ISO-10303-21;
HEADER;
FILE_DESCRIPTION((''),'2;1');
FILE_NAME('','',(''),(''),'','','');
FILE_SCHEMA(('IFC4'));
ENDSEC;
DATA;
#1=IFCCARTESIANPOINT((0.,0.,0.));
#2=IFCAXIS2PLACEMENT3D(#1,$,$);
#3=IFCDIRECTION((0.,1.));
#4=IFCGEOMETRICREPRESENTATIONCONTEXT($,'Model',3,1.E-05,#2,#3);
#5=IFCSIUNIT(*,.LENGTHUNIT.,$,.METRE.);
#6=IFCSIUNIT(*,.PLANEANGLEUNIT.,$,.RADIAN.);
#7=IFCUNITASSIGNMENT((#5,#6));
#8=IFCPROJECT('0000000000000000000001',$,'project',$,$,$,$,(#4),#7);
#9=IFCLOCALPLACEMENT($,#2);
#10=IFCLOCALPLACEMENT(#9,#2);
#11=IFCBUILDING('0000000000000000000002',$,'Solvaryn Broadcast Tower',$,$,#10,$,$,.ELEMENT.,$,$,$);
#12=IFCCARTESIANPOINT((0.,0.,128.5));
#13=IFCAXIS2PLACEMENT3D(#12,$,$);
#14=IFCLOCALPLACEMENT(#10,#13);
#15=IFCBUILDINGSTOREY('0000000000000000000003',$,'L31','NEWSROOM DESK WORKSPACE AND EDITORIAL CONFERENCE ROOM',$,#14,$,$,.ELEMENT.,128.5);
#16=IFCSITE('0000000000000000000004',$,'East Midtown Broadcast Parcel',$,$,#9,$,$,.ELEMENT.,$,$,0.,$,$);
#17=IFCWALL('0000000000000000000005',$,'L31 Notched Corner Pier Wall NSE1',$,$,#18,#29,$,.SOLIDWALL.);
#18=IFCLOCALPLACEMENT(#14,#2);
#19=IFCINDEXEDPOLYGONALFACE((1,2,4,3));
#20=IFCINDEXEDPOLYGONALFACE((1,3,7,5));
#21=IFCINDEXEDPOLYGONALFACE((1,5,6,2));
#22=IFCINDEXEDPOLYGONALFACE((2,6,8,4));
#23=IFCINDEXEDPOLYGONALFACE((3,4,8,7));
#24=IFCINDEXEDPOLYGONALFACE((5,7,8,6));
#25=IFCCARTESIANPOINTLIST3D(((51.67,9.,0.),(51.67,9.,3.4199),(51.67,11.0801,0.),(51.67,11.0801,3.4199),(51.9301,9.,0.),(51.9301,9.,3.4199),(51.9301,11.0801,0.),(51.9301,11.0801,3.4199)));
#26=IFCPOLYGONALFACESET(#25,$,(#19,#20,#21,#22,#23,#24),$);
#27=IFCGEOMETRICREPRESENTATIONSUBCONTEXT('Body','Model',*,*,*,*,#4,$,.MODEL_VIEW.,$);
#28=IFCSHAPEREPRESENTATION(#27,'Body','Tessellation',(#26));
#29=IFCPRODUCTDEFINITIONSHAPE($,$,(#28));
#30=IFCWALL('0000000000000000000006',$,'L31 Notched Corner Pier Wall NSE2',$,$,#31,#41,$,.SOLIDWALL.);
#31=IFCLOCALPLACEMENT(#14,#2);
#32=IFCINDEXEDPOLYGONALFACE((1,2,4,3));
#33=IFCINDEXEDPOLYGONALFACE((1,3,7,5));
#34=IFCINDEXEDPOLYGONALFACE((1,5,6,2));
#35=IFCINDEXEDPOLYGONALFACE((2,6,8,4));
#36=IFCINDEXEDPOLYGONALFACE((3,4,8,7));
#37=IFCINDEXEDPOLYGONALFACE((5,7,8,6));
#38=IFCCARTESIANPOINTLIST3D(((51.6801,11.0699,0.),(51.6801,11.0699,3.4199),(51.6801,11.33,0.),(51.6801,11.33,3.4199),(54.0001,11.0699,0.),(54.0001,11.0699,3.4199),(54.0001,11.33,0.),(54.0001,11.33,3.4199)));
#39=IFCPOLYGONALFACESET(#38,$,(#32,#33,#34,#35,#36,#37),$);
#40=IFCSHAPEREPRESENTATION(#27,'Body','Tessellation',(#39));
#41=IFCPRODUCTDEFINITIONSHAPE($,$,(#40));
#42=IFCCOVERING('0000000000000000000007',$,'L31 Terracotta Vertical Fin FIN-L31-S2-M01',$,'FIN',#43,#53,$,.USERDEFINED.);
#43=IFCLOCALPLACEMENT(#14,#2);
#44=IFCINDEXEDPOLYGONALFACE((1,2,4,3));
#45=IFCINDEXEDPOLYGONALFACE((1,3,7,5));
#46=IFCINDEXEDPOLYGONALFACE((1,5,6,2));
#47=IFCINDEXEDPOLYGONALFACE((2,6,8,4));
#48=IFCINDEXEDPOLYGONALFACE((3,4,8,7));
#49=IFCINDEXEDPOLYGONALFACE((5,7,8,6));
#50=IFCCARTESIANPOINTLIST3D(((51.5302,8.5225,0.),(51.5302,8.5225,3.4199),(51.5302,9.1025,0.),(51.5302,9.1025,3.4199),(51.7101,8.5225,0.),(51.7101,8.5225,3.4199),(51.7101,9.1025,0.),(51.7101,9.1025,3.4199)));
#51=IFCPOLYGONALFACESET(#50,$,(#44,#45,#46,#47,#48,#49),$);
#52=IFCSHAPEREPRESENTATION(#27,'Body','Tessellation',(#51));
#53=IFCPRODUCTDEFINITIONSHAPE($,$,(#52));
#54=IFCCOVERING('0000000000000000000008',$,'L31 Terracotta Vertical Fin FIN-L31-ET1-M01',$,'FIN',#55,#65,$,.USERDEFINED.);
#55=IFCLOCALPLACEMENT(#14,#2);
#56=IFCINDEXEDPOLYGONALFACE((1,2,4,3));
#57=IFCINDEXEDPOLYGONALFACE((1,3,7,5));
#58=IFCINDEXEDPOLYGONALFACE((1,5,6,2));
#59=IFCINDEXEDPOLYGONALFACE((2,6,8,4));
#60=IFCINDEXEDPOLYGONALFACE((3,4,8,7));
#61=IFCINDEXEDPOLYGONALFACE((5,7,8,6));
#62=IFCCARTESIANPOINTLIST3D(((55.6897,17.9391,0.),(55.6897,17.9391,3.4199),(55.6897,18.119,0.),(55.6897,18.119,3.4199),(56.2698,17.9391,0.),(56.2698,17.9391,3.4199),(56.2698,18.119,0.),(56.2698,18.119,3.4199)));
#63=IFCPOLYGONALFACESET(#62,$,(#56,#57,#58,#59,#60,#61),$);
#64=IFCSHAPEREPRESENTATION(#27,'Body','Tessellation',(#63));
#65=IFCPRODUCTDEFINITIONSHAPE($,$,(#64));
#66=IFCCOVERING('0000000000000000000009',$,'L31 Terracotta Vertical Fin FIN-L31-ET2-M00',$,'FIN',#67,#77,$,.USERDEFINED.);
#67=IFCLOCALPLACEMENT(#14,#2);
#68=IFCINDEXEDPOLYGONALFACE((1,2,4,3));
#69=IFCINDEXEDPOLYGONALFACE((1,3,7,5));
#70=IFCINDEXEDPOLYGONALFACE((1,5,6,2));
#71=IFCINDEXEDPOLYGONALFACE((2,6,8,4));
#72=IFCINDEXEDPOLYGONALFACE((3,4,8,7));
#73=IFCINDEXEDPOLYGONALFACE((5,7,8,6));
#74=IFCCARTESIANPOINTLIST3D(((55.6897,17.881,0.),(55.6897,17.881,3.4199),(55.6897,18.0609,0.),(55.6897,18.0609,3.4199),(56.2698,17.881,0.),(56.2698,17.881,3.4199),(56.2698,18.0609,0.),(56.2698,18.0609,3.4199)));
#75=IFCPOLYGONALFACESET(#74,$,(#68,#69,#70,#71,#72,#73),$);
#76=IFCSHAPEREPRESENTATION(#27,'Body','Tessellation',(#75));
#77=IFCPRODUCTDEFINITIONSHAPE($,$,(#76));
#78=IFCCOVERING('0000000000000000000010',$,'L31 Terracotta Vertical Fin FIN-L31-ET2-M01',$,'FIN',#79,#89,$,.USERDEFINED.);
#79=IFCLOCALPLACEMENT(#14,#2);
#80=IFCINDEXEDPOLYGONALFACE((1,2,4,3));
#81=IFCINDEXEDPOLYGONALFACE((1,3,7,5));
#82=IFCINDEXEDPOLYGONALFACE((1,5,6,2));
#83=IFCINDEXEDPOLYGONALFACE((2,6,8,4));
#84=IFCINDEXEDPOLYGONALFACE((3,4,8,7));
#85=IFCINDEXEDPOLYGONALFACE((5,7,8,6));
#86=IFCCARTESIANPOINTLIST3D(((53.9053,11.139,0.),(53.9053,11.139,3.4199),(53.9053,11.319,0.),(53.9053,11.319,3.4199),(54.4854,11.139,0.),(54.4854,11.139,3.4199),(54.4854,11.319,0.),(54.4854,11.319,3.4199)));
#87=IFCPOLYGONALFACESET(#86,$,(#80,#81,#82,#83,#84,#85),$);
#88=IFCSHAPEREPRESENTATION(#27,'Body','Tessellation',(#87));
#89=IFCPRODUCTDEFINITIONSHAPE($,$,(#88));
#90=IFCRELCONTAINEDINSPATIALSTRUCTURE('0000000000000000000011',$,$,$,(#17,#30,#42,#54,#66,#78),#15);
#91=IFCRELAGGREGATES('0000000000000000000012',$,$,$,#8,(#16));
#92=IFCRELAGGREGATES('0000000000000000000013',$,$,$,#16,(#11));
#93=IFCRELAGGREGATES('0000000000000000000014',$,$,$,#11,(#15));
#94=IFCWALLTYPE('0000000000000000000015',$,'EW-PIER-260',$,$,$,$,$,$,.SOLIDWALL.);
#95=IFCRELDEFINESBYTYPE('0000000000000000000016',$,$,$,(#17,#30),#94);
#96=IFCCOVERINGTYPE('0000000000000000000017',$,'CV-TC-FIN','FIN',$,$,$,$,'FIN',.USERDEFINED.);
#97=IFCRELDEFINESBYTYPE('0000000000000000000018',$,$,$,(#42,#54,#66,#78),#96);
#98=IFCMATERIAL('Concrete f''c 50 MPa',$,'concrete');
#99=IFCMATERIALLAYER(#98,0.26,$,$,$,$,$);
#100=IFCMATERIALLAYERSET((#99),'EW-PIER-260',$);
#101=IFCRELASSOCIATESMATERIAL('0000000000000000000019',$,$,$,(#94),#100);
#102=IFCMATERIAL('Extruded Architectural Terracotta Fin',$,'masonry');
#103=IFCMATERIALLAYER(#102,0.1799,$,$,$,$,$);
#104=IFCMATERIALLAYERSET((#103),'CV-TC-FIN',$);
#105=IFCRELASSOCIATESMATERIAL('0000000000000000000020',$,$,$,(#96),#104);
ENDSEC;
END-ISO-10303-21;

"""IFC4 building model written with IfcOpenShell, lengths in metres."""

from ifc_helpers import new_model, si_unit, direction, frame, frame_2d, origin, origin_2d, place, context, subcontext, project, spatial, rectangle, extrude, material, layer, layer_set, type_object, element, save


model = new_model("IFC4")

# Units and contexts
model_context = context("Model", 3, precision=1e-05, world=origin(), true_north=direction((0.0, 1.0)))
body_context = subcontext(model_context, "Body", "Model", "MODEL_VIEW")
ifc_project = project(units=[si_unit("LENGTHUNIT", "METRE"), si_unit("PLANEANGLEUNIT", "RADIAN")], contexts=[model_context])

# Site, building, storey
site_placement = place(None, origin())
site = spatial("IfcSite", under=ifc_project, at=site_placement, Name="East Midtown Broadcast Parcel", CompositionType="ELEMENT", RefElevation=0.0)
building_placement = place(site_placement, origin())
building = spatial("IfcBuilding", under=site, at=building_placement, Name="Solvaryn Broadcast Tower", CompositionType="ELEMENT")
storey_placement = place(building_placement, frame((0.0, 0.0, 128.5)))
storey = spatial("IfcBuildingStorey", under=building, at=storey_placement, Name="L31", Description="NEWSROOM DESK WORKSPACE AND EDITORIAL CONFERENCE ROOM", CompositionType="ELEMENT", Elevation=128.5)

# Walls
ifc_material_1 = material(Name="Concrete f'c 50 MPa", Category="concrete")
ifc_layer_1 = layer(ifc_material_1, 0.26)
ifc_layer_set_1 = layer_set([ifc_layer_1], Name="EW-PIER-260")
wall_type = type_object("IfcWallType", Name="EW-PIER-260", PredefinedType="SOLIDWALL", material=ifc_layer_set_1)
wall_1_placement = place(storey_placement, frame((51.8, 9.0, 0.0), z_axis=(0.0, 0.0, 1.0), x_axis=(0.0, 1.0, 0.0)))
element("IfcWall", 1, at=wall_1_placement, inside=storey, type_object=wall_type, Name="L31 Notched Corner Pier Wall NSE1", PredefinedType="SOLIDWALL", context=body_context, shape_type="SweptSolid", body=[
    extrude(rectangle(XDim=2.0801, YDim=0.26, at=frame_2d((1.04, 0.0))), origin(), (0.0, 0.0, 1.0), 3.4199),
])
wall_2_placement = place(storey_placement, frame((51.6799, 11.2, 0.0), z_axis=(0.0, 0.0, 1.0), x_axis=(1.0, 0.0, 0.0)))
element("IfcWall", 2, at=wall_2_placement, inside=storey, type_object=wall_type, Name="L31 Notched Corner Pier Wall NSE2", PredefinedType="SOLIDWALL", context=body_context, shape_type="SweptSolid", body=[
    extrude(rectangle(XDim=2.3201, YDim=0.26, at=frame_2d((1.1602, 0.0))), origin(), (0.0, 0.0, 1.0), 3.4199),
])

# Coverings
ifc_material_2 = material(Name="Extruded Architectural Terracotta Fin", Category="masonry")
ifc_layer_2 = layer(ifc_material_2, 0.1799)
ifc_layer_set_2 = layer_set([ifc_layer_2], Name="CV-TC-FIN")
covering_type = type_object("IfcCoveringType", Name="CV-TC-FIN", Description="FIN", ElementType="FIN", PredefinedType="USERDEFINED", material=ifc_layer_set_2)
covering_placement = place(storey_placement, frame((51.6201, 8.8125, 0.0), z_axis=(0.0, 0.0, 1.0), x_axis=(1.0, 0.0, 0.0)))
element("IfcCovering", 3, at=covering_placement, inside=storey, type_object=covering_type, Name="L31 Terracotta Vertical Fin FIN-L31-S2-M01", ObjectType="FIN", PredefinedType="USERDEFINED", context=body_context, shape_type="SweptSolid", body=[
    extrude(rectangle(XDim=0.1799, YDim=0.5801, at=origin_2d()), origin(), (0.0, 0.0, 1.0), 3.4199),
])
for number, where, z_axis, x_axis, name in (
    (4, (55.9797, 18.0291, 0.0), (0.0, 0.0, 1.0), (1.0, 0.0, 0.0), "L31 Terracotta Vertical Fin FIN-L31-ET1-M01"),
    (5, (55.9797, 17.9709, 0.0), (0.0, 0.0, 1.0), (1.0, 0.0, 0.0), "L31 Terracotta Vertical Fin FIN-L31-ET2-M00"),
    (6, (54.1953, 11.229, 0.0), (0.0, 0.0, 1.0), (1.0, 0.0, 0.0), "L31 Terracotta Vertical Fin FIN-L31-ET2-M01"),
):
    element("IfcCovering", number, at=place(storey_placement, frame(where, z_axis=z_axis, x_axis=x_axis)), inside=storey, type_object=covering_type, Name=name, ObjectType="FIN", PredefinedType="USERDEFINED", context=body_context, shape_type="SweptSolid", body=[
        extrude(rectangle(XDim=0.5801, YDim=0.1799, at=origin_2d()), origin(), (0.0, 0.0, 1.0), 3.4199),
    ])

save(model, "model.ifc")
